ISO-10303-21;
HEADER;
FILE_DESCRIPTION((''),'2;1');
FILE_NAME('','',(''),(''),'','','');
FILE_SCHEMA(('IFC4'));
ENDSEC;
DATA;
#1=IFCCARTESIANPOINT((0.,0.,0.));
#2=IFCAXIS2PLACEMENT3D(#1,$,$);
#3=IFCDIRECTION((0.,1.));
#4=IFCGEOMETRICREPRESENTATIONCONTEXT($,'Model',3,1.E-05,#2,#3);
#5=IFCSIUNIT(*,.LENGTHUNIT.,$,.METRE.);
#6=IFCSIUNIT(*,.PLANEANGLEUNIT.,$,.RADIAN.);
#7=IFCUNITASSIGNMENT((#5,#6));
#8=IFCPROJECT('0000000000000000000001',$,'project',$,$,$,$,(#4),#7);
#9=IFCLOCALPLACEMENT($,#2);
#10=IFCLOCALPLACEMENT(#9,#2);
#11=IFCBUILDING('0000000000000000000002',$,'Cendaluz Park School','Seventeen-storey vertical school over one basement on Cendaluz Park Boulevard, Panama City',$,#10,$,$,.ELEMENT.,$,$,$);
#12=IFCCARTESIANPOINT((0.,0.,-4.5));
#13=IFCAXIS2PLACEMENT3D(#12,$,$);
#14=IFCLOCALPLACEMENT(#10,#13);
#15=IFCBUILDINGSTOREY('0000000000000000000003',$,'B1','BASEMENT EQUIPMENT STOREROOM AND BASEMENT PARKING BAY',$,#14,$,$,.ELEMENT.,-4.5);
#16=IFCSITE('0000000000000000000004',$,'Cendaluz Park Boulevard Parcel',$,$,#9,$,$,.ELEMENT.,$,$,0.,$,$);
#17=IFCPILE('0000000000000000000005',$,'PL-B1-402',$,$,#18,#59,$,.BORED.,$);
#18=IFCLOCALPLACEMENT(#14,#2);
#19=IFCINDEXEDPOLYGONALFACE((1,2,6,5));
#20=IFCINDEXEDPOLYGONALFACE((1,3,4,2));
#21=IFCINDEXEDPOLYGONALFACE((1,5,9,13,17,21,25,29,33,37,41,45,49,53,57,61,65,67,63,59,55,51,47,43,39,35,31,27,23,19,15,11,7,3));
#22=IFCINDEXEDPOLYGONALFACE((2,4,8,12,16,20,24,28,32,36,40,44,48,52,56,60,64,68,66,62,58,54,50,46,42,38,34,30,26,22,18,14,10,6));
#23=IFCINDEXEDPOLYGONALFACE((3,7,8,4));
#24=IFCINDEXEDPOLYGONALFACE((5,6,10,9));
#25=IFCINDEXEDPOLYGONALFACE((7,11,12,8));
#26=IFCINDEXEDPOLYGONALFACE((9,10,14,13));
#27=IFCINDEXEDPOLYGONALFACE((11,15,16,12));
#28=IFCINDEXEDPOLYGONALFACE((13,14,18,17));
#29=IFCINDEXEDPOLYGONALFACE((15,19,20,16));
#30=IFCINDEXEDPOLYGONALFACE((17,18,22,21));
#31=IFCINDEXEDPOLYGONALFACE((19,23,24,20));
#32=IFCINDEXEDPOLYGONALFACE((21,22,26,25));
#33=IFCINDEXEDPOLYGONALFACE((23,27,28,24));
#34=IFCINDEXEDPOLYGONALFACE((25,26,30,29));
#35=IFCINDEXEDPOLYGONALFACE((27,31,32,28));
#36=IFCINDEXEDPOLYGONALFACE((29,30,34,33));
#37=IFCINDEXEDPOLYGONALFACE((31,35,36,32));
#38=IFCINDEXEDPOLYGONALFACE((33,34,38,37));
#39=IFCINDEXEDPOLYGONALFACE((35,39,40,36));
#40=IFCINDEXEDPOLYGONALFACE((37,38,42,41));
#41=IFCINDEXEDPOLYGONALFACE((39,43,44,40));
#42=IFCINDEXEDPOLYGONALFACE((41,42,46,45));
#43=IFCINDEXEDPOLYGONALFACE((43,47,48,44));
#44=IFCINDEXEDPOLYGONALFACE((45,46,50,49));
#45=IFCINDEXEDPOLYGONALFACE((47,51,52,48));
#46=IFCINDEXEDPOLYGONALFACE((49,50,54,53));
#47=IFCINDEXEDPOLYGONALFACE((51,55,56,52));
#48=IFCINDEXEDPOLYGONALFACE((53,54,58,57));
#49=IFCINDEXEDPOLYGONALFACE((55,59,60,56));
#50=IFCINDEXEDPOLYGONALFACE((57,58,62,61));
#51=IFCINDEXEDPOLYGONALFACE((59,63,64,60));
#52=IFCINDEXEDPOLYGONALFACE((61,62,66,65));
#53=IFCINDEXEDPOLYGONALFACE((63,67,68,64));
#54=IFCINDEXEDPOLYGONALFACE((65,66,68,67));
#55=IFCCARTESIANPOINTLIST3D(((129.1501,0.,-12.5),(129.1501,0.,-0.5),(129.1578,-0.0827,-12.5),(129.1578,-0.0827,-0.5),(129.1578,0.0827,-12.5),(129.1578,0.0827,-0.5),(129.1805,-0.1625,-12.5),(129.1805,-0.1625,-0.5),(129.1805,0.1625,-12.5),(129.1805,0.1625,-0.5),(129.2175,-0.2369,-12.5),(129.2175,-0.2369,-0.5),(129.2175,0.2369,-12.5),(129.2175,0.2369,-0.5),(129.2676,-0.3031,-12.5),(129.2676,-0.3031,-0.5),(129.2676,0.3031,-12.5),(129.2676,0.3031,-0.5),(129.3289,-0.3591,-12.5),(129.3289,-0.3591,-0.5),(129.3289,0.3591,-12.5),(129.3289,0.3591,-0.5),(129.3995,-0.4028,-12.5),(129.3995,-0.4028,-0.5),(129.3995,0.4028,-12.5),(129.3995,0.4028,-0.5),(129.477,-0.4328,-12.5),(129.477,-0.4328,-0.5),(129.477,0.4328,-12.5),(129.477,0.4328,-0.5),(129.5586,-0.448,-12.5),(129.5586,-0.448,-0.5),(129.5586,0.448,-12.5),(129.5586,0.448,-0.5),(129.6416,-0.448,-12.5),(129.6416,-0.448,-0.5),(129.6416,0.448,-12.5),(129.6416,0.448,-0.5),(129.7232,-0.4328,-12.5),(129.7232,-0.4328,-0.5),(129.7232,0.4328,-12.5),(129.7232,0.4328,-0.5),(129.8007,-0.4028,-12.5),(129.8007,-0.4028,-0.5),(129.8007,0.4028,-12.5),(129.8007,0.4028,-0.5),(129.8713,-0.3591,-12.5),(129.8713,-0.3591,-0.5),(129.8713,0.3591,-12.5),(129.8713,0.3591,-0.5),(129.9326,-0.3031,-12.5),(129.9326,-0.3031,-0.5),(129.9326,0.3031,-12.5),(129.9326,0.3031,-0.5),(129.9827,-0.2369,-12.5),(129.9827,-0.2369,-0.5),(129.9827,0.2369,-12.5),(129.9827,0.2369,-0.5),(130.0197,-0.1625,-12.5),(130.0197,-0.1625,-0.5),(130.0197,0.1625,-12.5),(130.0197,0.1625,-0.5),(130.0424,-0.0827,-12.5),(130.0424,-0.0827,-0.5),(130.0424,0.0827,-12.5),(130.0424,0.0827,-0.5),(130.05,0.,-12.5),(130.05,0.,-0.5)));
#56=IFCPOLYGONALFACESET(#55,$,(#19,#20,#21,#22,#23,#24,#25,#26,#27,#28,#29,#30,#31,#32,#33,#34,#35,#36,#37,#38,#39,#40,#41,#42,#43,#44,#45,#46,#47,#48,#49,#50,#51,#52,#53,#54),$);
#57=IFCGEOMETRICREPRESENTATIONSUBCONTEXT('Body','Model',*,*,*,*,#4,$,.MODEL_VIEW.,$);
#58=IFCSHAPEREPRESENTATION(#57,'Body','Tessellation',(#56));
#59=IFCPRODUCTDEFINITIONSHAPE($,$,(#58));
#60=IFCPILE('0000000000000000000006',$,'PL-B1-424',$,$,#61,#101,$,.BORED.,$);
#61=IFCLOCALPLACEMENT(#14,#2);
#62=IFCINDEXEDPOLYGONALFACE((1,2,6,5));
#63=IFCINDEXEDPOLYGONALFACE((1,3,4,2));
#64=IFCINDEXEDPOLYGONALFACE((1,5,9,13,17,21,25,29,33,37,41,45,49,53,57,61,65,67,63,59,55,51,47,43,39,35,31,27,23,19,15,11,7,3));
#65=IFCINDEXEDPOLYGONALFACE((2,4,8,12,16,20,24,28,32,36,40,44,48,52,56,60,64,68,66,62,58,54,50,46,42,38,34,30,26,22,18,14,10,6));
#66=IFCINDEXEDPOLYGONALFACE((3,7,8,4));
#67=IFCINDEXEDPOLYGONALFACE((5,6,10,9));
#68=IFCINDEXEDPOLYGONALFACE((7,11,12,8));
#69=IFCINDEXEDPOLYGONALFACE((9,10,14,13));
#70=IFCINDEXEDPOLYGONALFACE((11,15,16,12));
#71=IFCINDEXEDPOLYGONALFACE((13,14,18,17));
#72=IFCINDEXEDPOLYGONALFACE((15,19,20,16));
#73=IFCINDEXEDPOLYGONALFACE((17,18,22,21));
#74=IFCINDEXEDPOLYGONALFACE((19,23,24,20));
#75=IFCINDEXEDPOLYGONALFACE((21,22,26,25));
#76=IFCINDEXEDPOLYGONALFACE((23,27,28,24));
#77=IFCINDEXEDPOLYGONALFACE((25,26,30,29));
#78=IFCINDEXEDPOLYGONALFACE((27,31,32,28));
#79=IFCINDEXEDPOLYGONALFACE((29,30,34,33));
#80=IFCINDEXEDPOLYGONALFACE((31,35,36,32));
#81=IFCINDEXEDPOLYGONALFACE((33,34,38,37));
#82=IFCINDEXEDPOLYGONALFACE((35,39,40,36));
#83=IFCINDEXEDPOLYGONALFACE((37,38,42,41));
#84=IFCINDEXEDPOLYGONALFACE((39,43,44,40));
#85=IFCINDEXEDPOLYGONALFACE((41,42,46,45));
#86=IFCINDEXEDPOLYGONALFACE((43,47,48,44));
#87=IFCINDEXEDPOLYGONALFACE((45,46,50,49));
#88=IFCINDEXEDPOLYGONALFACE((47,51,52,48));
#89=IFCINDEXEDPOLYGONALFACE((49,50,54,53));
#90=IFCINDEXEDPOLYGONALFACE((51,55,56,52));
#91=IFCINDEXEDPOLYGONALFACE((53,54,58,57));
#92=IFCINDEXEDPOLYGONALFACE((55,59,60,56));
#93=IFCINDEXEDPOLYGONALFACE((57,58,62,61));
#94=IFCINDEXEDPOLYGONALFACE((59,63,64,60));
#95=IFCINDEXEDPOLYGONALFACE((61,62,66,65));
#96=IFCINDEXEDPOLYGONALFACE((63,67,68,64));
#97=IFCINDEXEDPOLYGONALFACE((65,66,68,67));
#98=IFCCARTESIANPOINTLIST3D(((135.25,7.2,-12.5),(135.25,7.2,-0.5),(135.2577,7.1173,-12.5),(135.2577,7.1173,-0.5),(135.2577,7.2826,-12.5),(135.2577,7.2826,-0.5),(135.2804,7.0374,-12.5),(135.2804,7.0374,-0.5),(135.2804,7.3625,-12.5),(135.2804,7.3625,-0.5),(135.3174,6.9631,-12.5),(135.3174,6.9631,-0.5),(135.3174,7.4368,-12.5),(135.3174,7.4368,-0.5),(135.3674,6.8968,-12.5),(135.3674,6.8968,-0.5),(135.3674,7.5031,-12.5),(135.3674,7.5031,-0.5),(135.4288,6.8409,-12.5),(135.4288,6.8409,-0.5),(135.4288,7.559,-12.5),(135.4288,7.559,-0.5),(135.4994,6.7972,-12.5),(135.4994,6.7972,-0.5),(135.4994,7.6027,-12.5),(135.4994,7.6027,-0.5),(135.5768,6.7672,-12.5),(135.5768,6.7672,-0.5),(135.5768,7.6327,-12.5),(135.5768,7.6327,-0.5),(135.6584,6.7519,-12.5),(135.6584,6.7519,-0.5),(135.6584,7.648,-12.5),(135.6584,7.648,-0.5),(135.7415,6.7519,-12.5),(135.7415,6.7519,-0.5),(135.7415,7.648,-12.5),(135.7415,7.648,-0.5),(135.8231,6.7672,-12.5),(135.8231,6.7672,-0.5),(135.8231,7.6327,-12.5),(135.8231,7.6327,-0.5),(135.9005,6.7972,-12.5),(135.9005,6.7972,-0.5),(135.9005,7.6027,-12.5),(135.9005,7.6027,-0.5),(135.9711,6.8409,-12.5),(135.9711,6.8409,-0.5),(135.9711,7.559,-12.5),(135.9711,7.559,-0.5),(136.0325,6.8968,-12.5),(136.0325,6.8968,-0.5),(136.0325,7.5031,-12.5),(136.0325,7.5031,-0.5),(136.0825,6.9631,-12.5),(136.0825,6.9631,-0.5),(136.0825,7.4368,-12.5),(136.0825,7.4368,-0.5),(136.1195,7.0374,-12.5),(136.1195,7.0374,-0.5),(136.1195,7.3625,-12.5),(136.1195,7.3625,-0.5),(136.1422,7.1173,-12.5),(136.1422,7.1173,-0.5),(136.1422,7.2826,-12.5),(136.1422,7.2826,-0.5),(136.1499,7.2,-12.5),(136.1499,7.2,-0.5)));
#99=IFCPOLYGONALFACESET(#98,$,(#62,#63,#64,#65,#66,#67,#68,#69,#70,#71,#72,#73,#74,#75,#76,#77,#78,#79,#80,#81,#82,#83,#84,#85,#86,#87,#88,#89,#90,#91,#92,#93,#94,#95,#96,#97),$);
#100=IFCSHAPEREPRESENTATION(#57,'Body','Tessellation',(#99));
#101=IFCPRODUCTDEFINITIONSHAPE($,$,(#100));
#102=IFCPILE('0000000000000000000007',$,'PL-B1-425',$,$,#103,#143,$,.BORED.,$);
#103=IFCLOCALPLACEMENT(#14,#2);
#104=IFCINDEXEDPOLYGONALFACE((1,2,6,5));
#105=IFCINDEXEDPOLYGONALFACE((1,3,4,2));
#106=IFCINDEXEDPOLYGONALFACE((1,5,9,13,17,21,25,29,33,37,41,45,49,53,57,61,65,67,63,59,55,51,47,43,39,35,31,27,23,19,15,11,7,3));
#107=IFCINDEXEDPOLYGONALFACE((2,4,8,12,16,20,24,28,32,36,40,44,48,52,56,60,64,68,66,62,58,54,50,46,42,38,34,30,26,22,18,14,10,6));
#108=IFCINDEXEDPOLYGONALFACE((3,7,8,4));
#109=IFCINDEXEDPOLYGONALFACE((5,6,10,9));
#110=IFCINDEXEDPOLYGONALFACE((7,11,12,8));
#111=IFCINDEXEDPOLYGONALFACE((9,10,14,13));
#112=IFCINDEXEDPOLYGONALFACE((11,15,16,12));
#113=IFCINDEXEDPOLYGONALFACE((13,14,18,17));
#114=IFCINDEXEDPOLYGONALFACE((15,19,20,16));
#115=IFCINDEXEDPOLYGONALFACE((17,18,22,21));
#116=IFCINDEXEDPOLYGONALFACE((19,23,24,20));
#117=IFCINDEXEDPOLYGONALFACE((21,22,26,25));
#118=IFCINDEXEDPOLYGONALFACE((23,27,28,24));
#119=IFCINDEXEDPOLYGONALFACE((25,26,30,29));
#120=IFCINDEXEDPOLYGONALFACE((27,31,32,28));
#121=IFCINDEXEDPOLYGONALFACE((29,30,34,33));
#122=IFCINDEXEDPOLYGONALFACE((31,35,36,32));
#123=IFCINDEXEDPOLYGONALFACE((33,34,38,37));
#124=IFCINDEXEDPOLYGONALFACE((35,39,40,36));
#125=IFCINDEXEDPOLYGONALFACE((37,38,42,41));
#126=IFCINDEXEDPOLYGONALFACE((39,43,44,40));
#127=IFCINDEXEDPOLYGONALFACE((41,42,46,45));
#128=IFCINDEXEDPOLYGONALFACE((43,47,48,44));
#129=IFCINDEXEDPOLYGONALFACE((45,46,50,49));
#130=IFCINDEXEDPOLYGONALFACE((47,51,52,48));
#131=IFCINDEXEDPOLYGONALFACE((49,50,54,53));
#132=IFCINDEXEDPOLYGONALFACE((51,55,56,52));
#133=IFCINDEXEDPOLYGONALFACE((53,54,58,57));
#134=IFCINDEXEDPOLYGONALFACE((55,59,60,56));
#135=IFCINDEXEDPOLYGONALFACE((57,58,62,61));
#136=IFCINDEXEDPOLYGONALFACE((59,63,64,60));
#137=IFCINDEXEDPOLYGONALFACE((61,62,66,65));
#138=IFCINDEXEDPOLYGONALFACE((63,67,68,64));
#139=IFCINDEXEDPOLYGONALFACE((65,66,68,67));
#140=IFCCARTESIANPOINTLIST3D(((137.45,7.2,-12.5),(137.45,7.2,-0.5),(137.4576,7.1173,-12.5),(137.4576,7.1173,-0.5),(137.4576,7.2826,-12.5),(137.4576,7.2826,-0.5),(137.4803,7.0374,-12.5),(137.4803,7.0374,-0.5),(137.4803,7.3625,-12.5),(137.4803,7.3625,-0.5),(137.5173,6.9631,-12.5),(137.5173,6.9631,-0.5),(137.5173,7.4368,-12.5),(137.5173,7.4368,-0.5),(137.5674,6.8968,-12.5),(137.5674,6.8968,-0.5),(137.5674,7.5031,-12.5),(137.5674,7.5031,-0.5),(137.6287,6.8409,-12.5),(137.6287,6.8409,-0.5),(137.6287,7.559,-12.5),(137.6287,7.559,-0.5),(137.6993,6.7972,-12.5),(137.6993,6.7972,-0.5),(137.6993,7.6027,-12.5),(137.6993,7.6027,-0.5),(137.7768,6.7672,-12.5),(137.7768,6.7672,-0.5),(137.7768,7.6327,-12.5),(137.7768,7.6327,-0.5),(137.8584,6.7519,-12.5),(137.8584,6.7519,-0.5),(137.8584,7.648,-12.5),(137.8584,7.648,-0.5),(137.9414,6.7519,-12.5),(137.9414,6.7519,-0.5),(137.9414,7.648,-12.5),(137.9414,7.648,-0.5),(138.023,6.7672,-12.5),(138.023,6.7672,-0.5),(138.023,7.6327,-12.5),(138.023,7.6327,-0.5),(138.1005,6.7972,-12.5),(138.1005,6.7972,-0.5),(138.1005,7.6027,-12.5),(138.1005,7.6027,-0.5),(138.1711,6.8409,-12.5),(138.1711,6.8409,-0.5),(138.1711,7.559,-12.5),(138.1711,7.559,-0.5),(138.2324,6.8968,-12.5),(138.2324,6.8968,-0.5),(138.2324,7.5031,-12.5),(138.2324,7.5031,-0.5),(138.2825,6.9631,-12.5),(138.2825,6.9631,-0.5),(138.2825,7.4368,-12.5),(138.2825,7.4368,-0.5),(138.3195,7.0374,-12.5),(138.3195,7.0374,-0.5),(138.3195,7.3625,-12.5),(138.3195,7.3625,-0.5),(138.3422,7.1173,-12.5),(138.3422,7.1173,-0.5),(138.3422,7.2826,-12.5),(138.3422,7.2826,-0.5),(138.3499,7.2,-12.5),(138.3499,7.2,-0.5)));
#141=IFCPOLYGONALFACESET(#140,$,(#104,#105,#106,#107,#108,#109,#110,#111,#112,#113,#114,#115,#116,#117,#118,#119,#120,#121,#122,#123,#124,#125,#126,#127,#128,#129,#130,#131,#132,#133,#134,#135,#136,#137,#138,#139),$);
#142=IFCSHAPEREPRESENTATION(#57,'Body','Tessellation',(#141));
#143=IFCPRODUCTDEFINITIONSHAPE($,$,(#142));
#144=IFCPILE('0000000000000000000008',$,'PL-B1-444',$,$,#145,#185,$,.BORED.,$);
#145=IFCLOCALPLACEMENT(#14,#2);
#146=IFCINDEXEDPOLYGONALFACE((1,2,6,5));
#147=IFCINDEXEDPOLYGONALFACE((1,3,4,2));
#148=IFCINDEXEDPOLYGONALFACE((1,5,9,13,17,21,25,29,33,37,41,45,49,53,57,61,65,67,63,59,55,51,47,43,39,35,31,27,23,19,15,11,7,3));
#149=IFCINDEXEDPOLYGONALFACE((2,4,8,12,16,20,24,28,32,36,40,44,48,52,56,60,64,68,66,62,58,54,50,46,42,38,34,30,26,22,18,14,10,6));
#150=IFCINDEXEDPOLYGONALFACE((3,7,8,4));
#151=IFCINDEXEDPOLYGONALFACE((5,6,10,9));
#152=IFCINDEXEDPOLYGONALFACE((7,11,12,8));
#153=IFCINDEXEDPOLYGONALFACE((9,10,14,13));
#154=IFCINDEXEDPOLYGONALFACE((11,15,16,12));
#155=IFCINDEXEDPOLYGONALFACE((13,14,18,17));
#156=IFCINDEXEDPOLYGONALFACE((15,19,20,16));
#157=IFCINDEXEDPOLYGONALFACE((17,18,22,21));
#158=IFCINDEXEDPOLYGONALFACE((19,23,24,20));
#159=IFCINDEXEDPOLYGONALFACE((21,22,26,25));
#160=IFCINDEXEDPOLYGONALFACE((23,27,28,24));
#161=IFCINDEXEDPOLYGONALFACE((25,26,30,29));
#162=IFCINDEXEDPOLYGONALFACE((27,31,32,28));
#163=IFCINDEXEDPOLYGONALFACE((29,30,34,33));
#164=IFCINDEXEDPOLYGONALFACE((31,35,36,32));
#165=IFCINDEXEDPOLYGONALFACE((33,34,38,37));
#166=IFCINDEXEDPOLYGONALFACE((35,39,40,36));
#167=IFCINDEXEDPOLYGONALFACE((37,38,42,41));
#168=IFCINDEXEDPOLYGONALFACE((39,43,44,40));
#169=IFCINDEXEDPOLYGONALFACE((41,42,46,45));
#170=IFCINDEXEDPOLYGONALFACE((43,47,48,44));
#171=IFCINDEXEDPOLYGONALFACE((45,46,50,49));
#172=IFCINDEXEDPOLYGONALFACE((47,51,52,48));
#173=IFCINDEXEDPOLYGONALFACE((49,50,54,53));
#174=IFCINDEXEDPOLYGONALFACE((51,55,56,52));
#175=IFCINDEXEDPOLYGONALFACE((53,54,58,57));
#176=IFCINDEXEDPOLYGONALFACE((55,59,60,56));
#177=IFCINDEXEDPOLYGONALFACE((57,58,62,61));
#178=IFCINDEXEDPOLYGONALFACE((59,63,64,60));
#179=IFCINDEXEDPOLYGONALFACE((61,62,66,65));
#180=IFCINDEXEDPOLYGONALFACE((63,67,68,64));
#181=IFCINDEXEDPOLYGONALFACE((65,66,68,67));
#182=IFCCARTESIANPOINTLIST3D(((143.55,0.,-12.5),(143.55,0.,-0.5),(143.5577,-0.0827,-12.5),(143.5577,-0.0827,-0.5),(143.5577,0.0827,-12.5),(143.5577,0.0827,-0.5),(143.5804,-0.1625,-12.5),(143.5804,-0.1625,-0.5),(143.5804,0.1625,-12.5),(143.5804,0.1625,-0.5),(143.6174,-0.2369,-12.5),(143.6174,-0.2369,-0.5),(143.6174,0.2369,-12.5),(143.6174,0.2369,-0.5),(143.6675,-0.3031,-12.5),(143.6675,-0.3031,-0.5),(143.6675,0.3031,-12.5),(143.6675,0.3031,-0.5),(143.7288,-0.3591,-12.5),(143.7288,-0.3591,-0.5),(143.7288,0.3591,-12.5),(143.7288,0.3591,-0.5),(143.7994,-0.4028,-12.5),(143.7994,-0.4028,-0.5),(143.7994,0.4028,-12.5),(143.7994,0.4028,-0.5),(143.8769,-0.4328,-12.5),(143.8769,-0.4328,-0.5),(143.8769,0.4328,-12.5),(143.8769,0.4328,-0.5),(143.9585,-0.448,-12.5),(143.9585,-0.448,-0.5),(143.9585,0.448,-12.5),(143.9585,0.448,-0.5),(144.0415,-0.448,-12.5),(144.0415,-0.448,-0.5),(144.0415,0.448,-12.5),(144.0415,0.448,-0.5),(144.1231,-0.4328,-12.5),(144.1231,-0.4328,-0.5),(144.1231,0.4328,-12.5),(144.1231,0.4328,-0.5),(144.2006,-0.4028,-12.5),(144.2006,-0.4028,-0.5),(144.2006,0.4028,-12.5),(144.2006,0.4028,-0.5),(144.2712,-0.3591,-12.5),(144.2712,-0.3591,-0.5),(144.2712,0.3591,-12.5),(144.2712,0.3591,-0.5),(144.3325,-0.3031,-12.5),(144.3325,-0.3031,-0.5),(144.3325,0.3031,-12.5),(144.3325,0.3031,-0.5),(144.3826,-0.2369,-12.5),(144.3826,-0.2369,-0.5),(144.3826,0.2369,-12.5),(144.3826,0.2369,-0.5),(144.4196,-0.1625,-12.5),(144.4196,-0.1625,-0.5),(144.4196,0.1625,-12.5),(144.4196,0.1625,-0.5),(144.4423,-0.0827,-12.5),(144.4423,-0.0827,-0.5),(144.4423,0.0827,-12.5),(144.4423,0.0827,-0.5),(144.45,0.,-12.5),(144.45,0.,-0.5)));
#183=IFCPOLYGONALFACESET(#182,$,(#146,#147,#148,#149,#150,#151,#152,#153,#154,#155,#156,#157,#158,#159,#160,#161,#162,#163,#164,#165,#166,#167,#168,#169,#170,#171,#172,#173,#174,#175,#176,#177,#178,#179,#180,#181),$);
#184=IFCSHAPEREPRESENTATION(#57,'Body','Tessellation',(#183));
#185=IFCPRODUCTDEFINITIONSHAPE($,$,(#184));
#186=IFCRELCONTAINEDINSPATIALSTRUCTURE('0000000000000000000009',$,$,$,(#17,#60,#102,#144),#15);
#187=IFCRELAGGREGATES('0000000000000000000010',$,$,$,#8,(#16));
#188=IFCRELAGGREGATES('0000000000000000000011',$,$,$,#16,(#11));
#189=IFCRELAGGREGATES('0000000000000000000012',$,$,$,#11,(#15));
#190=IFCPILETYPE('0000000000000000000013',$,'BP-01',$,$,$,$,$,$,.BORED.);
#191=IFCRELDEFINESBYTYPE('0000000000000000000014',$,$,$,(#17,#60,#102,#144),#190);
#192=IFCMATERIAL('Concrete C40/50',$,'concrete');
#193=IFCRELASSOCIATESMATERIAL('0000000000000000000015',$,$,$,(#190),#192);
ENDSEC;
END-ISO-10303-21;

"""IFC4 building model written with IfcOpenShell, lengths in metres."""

from ifc_helpers import new_model, si_unit, direction, frame, origin, origin_2d, place, context, subcontext, project, spatial, circle, extrude, material, material_profile, profile_set, type_object, element, save


model = new_model("IFC4")

# Units and contexts
model_context = context("Model", 3, precision=1e-05, world=origin(), true_north=direction((0.0, 1.0)))
body_context = subcontext(model_context, "Body", "Model", "MODEL_VIEW")
ifc_project = project(units=[si_unit("LENGTHUNIT", "METRE"), si_unit("PLANEANGLEUNIT", "RADIAN")], contexts=[model_context])

# Site, building, storey
site_placement = place(None, origin())
site = spatial("IfcSite", under=ifc_project, at=site_placement, Name="Cendaluz Park Boulevard Parcel", CompositionType="ELEMENT", RefElevation=0.0)
building_placement = place(site_placement, origin())
building = spatial("IfcBuilding", under=site, at=building_placement, Name="Cendaluz Park School", Description="Seventeen-storey vertical school over one basement on Cendaluz Park Boulevard, Panama City", CompositionType="ELEMENT")
storey_placement = place(building_placement, frame((0.0, 0.0, -4.5)))
storey = spatial("IfcBuildingStorey", under=building, at=storey_placement, Name="B1", Description="BASEMENT EQUIPMENT STOREROOM AND BASEMENT PARKING BAY", CompositionType="ELEMENT", Elevation=-4.5)

# Piles
ifc_material_1 = material(Name="Concrete C40/50", Category="concrete")
ifc_material_profile_1 = material_profile(ifc_material_1, circle(Radius=0.45, at=origin_2d()), Name="BP D900", Category="concrete")
ifc_profile_set_1 = profile_set([ifc_material_profile_1], Name="Concrete C40/50")
pile_type_1 = type_object("IfcPileType", Name="BP-01", PredefinedType="BORED", material=ifc_profile_set_1)
for number, where, z_axis, x_axis, name in (
    (1, (129.6001, 0.0, -0.5), (0.0, 0.0, -1.0), (1.0, 0.0, 0.0), "PL-B1-402"),
    (2, (135.7, 7.2, -0.5), (0.0, 0.0, -1.0), (1.0, 0.0, 0.0), "PL-B1-424"),
    (3, (137.8999, 7.2, -0.5), (0.0, 0.0, -1.0), (1.0, 0.0, 0.0), "PL-B1-425"),
    (4, (144.0, 0.0, -0.5), (0.0, 0.0, -1.0), (1.0, 0.0, 0.0), "PL-B1-444"),
):
    element("IfcPile", number, at=place(storey_placement, frame(where, z_axis=z_axis, x_axis=x_axis)), inside=storey, type_object=pile_type_1, Name=name, PredefinedType="BORED", context=body_context, shape_type="SweptSolid", body=[
        extrude(circle(Radius=0.45, at=origin_2d()), origin(), (0.0, 0.0, 1.0), 12.0),
    ])

save(model, "model.ifc")
